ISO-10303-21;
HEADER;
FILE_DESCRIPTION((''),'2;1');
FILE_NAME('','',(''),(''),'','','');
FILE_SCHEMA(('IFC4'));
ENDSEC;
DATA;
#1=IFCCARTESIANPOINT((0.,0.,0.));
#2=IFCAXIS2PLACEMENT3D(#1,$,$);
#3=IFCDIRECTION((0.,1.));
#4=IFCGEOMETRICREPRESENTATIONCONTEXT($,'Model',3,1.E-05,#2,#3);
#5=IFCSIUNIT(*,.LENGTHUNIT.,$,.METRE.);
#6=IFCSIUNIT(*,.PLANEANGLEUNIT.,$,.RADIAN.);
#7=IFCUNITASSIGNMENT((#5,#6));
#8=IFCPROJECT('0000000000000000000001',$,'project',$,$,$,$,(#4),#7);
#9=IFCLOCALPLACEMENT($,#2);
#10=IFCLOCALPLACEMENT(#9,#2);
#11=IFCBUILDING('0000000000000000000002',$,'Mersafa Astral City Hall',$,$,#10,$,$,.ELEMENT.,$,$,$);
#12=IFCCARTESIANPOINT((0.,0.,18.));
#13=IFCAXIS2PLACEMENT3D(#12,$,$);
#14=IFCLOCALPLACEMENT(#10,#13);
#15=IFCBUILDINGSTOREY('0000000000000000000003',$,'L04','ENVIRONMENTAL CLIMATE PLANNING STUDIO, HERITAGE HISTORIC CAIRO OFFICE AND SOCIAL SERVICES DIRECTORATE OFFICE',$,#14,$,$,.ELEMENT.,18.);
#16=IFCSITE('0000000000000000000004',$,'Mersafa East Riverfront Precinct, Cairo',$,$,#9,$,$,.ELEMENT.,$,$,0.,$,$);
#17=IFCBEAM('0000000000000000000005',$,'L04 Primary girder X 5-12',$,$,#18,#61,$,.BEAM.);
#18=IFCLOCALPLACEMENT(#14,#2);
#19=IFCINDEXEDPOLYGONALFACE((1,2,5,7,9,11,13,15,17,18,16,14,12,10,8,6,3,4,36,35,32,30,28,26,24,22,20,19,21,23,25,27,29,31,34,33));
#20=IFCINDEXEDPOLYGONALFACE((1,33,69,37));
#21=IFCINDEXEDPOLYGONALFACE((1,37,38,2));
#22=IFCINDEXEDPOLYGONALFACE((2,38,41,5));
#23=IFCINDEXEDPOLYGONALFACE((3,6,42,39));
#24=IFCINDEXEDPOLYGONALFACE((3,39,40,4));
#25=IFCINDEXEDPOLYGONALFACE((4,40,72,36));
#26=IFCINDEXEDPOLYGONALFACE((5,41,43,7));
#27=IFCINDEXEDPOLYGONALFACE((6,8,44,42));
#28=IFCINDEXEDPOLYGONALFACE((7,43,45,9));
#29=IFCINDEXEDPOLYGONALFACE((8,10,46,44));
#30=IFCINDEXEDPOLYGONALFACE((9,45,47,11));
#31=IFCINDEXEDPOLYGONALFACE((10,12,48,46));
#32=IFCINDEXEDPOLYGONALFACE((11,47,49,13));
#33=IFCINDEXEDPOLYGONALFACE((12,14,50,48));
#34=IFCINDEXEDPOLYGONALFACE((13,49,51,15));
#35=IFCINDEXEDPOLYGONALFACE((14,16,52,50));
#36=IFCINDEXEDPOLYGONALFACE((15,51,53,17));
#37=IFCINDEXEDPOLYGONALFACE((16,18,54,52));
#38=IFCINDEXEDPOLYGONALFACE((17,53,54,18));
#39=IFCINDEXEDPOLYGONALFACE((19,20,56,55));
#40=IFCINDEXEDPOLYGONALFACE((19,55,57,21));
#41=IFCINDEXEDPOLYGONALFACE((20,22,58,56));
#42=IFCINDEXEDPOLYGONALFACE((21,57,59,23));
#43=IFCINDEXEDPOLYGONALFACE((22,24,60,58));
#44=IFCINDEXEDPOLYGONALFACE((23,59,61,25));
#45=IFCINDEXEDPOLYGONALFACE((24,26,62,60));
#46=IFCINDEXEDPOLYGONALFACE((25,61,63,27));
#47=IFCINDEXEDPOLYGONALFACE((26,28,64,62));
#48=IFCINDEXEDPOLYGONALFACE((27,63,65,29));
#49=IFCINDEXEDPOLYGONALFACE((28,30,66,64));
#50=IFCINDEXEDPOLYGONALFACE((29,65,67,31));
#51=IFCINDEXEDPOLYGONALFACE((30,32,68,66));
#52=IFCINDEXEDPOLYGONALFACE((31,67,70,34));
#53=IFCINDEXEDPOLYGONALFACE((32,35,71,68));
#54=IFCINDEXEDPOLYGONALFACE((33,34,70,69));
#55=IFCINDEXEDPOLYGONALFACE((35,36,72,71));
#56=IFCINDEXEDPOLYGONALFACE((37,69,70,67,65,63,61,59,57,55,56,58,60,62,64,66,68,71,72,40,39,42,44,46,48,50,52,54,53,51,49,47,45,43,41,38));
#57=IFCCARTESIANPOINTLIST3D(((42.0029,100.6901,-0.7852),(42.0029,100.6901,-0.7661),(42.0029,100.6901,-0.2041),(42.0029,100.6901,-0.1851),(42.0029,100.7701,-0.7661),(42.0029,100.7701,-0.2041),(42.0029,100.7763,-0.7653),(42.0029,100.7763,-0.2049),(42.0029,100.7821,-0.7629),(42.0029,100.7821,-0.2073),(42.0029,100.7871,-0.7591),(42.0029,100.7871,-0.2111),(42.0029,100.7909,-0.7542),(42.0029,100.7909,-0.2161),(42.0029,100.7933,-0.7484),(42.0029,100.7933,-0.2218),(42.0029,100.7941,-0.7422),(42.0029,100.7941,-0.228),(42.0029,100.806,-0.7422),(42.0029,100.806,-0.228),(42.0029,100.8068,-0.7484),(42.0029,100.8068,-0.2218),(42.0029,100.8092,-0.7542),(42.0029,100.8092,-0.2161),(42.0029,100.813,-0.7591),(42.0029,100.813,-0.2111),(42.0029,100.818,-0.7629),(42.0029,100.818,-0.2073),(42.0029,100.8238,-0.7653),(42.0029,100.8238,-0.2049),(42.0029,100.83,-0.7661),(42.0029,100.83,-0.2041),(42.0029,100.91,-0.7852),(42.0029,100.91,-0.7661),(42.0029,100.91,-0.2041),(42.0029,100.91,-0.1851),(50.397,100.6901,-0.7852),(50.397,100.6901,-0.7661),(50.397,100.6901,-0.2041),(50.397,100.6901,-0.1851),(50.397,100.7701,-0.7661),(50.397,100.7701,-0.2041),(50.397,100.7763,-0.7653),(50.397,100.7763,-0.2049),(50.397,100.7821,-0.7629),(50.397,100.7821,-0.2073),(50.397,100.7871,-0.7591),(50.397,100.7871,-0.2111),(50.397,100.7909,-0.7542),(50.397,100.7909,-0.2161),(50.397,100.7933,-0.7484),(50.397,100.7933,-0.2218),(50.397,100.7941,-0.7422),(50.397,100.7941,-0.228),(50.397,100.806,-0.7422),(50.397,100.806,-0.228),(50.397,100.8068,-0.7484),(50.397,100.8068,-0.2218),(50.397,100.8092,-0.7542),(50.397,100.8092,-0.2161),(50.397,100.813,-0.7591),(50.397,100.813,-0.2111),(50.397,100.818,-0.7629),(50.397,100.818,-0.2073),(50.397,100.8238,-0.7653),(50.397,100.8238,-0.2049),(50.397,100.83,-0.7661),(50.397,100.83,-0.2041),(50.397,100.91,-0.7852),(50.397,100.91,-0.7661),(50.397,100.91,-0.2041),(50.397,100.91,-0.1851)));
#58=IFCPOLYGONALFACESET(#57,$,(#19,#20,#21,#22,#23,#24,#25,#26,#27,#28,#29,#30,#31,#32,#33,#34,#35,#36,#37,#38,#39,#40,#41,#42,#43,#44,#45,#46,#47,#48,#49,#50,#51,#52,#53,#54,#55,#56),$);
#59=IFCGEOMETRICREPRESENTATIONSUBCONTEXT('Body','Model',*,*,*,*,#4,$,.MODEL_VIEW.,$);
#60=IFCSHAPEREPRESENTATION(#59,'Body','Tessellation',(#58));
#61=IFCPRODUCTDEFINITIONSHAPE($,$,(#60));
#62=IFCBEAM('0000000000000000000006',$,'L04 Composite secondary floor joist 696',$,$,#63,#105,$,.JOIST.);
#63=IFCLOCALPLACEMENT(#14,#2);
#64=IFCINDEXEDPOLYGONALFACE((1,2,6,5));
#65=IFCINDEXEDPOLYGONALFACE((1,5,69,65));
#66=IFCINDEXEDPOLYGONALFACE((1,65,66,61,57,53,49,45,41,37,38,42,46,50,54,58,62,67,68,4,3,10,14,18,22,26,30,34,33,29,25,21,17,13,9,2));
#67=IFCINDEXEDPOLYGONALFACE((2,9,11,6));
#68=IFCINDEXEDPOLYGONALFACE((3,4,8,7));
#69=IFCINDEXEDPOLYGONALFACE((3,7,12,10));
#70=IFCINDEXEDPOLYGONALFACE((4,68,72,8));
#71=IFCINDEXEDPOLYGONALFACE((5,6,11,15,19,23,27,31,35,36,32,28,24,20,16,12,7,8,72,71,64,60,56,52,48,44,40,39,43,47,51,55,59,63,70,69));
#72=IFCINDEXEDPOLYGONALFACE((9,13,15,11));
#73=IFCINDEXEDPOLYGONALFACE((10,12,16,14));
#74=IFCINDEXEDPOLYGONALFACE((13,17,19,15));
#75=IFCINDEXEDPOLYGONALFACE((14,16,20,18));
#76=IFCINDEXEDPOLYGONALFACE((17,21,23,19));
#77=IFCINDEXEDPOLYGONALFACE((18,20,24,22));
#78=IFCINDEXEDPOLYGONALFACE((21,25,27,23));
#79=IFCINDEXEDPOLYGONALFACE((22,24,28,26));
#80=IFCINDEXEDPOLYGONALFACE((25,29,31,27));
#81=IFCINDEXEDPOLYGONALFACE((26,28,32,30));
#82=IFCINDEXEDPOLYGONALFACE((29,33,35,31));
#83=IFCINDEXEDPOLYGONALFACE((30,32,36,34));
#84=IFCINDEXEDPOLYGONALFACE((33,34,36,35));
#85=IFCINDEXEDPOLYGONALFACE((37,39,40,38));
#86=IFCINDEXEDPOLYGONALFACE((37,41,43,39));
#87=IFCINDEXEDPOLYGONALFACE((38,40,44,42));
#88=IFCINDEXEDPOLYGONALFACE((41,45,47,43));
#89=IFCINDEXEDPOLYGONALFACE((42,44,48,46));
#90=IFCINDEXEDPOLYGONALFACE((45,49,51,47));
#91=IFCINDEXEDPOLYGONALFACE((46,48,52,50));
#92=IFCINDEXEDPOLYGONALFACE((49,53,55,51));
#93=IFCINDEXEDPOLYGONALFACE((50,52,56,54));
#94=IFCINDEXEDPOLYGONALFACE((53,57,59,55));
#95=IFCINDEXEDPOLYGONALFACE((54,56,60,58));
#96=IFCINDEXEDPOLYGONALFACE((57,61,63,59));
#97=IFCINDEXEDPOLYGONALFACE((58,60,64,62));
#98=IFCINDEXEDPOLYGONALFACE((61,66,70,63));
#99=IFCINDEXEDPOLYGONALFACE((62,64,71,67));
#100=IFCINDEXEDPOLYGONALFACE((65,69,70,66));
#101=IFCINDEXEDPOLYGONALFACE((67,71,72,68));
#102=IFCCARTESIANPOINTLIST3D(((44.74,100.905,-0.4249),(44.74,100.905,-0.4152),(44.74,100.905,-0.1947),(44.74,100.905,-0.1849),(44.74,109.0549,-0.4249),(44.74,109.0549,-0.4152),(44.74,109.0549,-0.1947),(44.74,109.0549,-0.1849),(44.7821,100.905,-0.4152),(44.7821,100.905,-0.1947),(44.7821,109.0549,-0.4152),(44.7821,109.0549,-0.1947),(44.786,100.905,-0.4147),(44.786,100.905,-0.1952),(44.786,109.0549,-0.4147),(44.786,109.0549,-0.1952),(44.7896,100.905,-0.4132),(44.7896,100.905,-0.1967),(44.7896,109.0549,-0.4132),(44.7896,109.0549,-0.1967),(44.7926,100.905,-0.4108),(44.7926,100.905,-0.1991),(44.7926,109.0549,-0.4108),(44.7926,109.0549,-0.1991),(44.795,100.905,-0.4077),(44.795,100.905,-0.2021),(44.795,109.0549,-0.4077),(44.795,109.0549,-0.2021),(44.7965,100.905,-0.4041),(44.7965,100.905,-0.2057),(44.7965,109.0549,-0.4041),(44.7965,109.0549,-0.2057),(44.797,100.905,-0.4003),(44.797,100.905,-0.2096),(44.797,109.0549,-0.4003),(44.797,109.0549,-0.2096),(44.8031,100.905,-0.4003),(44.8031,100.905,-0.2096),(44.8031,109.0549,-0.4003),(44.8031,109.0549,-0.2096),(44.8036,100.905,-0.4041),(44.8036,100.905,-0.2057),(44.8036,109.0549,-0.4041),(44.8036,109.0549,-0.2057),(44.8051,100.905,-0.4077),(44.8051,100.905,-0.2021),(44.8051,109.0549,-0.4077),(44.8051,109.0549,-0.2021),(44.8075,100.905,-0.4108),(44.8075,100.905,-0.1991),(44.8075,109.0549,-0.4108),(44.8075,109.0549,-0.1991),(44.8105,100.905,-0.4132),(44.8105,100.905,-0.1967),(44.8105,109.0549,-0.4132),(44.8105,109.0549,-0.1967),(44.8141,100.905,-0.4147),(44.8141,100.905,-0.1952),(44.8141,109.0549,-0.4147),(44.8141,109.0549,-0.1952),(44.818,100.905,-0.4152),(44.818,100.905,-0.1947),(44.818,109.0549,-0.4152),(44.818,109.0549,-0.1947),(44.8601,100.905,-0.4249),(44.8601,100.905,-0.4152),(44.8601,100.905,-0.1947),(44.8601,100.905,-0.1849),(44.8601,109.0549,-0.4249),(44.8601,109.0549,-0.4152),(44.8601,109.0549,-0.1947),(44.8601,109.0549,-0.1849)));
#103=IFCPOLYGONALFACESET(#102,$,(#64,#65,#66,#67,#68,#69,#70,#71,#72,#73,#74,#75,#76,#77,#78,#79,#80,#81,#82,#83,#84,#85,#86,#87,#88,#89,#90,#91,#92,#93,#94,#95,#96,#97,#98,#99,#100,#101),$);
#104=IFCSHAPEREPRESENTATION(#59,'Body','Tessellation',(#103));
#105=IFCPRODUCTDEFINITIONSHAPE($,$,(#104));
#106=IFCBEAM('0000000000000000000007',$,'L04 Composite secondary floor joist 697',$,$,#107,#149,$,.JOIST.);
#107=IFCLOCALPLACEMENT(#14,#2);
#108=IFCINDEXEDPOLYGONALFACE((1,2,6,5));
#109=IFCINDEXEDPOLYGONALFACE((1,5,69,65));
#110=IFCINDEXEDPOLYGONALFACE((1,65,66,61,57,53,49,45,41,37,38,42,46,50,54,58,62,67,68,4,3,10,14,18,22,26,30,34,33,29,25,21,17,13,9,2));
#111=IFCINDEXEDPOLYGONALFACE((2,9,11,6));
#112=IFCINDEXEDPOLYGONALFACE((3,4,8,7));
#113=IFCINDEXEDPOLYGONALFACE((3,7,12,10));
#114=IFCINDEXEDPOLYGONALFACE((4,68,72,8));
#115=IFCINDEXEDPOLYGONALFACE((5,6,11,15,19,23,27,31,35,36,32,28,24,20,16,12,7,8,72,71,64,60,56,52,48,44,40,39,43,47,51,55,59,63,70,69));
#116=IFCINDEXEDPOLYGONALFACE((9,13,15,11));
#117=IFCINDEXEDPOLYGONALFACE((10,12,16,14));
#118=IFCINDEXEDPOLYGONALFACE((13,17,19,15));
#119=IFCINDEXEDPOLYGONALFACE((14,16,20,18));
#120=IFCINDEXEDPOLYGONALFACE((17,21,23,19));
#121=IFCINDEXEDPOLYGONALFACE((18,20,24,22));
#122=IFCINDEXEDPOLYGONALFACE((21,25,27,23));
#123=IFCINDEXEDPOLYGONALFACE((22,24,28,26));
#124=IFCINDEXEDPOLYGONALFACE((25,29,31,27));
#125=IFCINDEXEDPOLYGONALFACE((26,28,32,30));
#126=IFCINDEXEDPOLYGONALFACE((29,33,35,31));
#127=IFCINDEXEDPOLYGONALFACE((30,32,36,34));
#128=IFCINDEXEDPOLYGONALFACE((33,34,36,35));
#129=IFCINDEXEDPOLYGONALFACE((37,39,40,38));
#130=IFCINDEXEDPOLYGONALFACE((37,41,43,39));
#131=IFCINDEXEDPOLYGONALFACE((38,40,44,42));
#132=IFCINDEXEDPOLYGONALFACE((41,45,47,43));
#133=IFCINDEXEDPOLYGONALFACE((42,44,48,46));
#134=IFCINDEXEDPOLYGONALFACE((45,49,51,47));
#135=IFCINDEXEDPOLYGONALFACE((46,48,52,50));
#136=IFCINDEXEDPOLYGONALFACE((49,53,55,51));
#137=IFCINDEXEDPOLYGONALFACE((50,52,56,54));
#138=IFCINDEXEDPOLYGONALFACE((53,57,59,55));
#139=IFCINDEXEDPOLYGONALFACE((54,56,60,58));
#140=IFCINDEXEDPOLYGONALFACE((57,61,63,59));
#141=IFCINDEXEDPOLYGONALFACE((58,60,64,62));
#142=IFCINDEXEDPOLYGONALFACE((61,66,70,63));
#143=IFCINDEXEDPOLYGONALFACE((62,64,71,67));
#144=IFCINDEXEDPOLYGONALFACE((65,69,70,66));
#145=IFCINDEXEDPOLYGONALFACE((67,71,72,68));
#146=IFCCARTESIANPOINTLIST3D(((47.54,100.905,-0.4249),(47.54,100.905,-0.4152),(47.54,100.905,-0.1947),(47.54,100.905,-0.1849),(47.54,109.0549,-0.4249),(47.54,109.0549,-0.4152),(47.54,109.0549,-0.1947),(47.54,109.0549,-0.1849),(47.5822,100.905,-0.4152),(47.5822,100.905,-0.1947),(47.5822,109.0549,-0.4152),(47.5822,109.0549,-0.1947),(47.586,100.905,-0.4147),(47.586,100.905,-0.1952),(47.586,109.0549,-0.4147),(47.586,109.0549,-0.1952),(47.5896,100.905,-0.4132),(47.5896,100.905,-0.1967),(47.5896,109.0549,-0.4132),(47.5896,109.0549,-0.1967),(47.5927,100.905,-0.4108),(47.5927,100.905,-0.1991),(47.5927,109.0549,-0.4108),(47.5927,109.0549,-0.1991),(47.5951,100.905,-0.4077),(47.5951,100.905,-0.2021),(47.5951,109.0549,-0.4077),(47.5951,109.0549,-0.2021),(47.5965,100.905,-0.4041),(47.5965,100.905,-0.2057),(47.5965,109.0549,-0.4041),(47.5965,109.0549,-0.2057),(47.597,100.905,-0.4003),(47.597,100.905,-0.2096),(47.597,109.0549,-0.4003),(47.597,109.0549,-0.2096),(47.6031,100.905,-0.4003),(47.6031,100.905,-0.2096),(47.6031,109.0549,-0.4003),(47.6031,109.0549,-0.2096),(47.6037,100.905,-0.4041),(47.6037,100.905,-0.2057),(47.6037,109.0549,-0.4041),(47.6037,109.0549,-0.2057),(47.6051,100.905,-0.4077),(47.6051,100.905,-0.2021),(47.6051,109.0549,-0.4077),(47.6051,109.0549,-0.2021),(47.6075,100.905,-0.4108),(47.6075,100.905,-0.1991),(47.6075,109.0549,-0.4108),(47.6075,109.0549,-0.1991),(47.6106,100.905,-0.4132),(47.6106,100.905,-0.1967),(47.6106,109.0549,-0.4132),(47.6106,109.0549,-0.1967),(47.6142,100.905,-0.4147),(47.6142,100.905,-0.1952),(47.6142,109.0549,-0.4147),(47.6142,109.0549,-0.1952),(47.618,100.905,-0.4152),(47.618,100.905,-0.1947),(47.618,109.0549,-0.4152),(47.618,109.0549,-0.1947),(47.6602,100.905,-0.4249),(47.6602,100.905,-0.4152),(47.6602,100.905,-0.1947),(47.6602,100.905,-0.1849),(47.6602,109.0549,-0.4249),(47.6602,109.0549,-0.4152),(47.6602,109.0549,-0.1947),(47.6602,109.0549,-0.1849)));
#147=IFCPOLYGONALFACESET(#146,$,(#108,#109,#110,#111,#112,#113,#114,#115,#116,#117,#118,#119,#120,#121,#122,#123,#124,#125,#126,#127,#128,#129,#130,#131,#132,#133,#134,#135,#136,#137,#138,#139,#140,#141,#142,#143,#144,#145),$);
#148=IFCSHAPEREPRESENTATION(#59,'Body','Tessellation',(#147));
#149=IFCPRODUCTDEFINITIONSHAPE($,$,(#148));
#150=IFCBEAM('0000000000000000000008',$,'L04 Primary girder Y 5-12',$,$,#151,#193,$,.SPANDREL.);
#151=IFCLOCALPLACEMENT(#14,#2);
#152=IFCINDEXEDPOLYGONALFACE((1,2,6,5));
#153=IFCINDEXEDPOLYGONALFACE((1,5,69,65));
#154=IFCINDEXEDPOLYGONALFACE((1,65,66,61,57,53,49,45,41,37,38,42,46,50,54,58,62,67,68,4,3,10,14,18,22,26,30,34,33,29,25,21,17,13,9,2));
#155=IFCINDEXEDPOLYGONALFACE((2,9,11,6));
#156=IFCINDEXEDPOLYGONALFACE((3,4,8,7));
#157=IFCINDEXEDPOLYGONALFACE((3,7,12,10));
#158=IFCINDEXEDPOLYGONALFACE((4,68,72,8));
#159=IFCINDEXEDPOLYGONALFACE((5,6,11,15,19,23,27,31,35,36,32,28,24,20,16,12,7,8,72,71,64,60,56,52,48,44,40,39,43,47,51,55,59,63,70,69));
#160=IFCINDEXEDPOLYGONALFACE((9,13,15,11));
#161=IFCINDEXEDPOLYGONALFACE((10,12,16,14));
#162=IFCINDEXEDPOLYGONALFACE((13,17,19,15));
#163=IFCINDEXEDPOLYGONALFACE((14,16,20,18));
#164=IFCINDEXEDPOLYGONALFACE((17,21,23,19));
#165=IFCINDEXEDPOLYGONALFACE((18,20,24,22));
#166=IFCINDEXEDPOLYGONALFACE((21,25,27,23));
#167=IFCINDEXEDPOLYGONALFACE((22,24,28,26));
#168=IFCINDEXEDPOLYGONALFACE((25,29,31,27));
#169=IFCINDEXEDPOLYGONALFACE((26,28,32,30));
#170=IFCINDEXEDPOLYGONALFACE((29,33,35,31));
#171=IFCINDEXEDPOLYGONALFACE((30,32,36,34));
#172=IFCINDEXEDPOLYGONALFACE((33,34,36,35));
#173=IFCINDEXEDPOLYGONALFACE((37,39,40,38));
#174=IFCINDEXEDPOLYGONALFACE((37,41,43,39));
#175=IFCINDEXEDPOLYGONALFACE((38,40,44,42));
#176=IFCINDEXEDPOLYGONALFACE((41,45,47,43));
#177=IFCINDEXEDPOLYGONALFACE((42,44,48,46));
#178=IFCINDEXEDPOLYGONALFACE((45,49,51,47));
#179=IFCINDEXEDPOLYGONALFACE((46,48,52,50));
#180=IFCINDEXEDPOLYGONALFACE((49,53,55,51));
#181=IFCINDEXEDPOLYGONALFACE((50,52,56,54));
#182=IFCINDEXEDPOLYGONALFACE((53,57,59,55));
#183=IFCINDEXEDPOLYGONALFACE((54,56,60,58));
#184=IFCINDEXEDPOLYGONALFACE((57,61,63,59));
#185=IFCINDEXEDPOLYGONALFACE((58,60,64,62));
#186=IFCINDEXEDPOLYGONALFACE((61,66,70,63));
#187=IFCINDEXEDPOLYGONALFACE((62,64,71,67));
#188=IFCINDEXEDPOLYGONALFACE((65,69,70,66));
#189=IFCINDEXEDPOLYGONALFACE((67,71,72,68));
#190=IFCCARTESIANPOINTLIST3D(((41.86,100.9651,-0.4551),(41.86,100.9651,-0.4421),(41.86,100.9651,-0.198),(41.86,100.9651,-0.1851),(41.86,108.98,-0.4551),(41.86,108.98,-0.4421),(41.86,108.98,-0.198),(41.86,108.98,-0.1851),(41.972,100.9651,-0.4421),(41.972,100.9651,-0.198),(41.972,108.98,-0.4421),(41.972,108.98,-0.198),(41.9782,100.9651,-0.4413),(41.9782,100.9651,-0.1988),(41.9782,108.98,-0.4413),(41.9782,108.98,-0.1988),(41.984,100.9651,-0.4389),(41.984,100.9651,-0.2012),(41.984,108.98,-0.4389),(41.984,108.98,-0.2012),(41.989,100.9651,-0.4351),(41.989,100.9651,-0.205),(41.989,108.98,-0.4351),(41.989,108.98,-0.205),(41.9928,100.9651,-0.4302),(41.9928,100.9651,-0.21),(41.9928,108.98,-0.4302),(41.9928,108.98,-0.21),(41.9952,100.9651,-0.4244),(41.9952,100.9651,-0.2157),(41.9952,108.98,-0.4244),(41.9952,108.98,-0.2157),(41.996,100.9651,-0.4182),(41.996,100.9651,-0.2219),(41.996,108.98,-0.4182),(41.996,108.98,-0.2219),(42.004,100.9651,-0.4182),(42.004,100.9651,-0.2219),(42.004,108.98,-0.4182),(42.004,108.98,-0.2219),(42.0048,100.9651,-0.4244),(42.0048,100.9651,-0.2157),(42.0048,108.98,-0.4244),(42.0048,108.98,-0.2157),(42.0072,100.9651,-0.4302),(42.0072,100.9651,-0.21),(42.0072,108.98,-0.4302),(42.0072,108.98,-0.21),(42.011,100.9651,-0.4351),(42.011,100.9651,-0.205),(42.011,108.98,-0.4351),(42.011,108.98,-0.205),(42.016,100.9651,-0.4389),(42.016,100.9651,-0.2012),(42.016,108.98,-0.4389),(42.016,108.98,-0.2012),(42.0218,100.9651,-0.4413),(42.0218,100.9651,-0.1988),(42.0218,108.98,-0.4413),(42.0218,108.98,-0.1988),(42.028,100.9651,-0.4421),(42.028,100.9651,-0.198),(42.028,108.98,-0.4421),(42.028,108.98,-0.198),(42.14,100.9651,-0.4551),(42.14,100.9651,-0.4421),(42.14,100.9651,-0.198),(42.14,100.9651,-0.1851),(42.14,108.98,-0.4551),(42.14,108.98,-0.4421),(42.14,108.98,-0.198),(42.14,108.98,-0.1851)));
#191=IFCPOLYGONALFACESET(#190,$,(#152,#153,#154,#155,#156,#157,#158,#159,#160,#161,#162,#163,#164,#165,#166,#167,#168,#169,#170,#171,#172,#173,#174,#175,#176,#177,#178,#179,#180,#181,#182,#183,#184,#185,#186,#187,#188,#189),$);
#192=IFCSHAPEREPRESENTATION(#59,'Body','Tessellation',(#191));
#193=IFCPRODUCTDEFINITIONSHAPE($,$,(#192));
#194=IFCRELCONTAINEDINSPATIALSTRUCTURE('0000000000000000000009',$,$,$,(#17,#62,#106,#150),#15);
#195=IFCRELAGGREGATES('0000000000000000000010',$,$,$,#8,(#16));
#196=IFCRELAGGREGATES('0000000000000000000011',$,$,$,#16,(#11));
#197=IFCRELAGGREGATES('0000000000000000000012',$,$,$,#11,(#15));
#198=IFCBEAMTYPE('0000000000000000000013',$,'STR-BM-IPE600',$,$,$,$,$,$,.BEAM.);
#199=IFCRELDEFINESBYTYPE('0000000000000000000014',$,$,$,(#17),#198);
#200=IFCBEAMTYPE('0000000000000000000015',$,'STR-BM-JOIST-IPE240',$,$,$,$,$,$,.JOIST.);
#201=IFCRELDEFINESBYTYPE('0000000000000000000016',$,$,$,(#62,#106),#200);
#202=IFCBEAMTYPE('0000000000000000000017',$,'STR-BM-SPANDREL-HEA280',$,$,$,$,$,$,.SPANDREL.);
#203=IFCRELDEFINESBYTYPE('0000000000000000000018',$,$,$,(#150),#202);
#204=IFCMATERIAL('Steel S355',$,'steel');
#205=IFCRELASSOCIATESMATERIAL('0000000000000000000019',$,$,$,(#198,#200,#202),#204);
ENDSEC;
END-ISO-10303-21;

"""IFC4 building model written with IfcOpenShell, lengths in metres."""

from ifc_helpers import new_model, si_unit, direction, frame, origin, origin_2d, place, context, subcontext, project, spatial, i_section, extrude, material, material_profile, profile_set, type_object, element, save


model = new_model("IFC4")

# Units and contexts
model_context = context("Model", 3, precision=1e-05, world=origin(), true_north=direction((0.0, 1.0)))
body_context = subcontext(model_context, "Body", "Model", "MODEL_VIEW")
ifc_project = project(units=[si_unit("LENGTHUNIT", "METRE"), si_unit("PLANEANGLEUNIT", "RADIAN")], contexts=[model_context])

# Site, building, storey
site_placement = place(None, origin())
site = spatial("IfcSite", under=ifc_project, at=site_placement, Name="Mersafa East Riverfront Precinct, Cairo", CompositionType="ELEMENT", RefElevation=0.0)
building_placement = place(site_placement, origin())
building = spatial("IfcBuilding", under=site, at=building_placement, Name="Mersafa Astral City Hall", CompositionType="ELEMENT")
storey_placement = place(building_placement, frame((0.0, 0.0, 18.0)))
storey = spatial("IfcBuildingStorey", under=building, at=storey_placement, Name="L04", Description="ENVIRONMENTAL CLIMATE PLANNING STUDIO, HERITAGE HISTORIC CAIRO OFFICE AND SOCIAL SERVICES DIRECTORATE OFFICE", CompositionType="ELEMENT", Elevation=18.0)

# Shared definitions
ifc_material_1 = material(Name="Steel S355", Category="steel")

# Beams
ifc_material_profile_1 = material_profile(ifc_material_1, i_section(OverallWidth=0.22, OverallDepth=0.6001, WebThickness=0.012, FlangeThickness=0.019, FilletRadius=0.0239, at=origin_2d()), Name="IPE 600")
ifc_profile_set_1 = profile_set([ifc_material_profile_1], Name="Steel S355")
beam_type_1 = type_object("IfcBeamType", Name="STR-BM-IPE600", PredefinedType="BEAM", material=ifc_profile_set_1)
beam_1_placement = place(storey_placement, frame((42.0029, 100.8, -0.4851), z_axis=(1.0, 0.0, 0.0), x_axis=(0.0, 1.0, 0.0)))
element("IfcBeam", 1, at=beam_1_placement, inside=storey, type_object=beam_type_1, Name="L04 Primary girder X 5-12", PredefinedType="BEAM", context=body_context, shape_type="SweptSolid", body=[
    extrude(i_section(OverallWidth=0.22, OverallDepth=0.6001, WebThickness=0.012, FlangeThickness=0.019, FilletRadius=0.0239, at=origin_2d()), origin(), (0.0, 0.0, 1.0), 8.394),
])
ifc_material_profile_2 = material_profile(ifc_material_1, i_section(OverallWidth=0.1201, OverallDepth=0.24, WebThickness=0.0061, FlangeThickness=0.0098, FilletRadius=0.0149, at=origin_2d()), Name="IPE 240")
ifc_profile_set_2 = profile_set([ifc_material_profile_2], Name="Steel S355")
beam_type_2 = type_object("IfcBeamType", Name="STR-BM-JOIST-IPE240", PredefinedType="JOIST", material=ifc_profile_set_2)
for number, where, z_axis, x_axis, name in (
    (2, (44.8, 100.905, -0.3049), (0.0, 1.0, 0.0), (-1.0, 0.0, 0.0), "L04 Composite secondary floor joist 696"),
    (3, (47.6001, 100.905, -0.3049), (0.0, 1.0, 0.0), (-1.0, 0.0, 0.0), "L04 Composite secondary floor joist 697"),
):
    element("IfcBeam", number, at=place(storey_placement, frame(where, z_axis=z_axis, x_axis=x_axis)), inside=storey, type_object=beam_type_2, Name=name, PredefinedType="JOIST", context=body_context, shape_type="SweptSolid", body=[
        extrude(i_section(OverallWidth=0.1201, OverallDepth=0.24, WebThickness=0.0061, FlangeThickness=0.0098, FilletRadius=0.0149, at=origin_2d()), origin(), (0.0, 0.0, 1.0), 8.1499),
    ])
ifc_material_profile_3 = material_profile(ifc_material_1, i_section(OverallWidth=0.28, OverallDepth=0.27, WebThickness=0.0081, FlangeThickness=0.0129, FilletRadius=0.0239, at=origin_2d()), Name="HEA 280")
ifc_profile_set_3 = profile_set([ifc_material_profile_3], Name="Steel S355")
beam_type_3 = type_object("IfcBeamType", Name="STR-BM-SPANDREL-HEA280", PredefinedType="SPANDREL", material=ifc_profile_set_3)
beam_2_placement = place(storey_placement, frame((42.0, 100.9651, -0.3201), z_axis=(0.0, 1.0, 0.0), x_axis=(-1.0, 0.0, 0.0)))
element("IfcBeam", 4, at=beam_2_placement, inside=storey, type_object=beam_type_3, Name="L04 Primary girder Y 5-12", PredefinedType="SPANDREL", context=body_context, shape_type="SweptSolid", body=[
    extrude(i_section(OverallWidth=0.28, OverallDepth=0.27, WebThickness=0.0081, FlangeThickness=0.0129, FilletRadius=0.0239, at=origin_2d()), origin(), (0.0, 0.0, 1.0), 8.0149),
])

save(model, "model.ifc")
